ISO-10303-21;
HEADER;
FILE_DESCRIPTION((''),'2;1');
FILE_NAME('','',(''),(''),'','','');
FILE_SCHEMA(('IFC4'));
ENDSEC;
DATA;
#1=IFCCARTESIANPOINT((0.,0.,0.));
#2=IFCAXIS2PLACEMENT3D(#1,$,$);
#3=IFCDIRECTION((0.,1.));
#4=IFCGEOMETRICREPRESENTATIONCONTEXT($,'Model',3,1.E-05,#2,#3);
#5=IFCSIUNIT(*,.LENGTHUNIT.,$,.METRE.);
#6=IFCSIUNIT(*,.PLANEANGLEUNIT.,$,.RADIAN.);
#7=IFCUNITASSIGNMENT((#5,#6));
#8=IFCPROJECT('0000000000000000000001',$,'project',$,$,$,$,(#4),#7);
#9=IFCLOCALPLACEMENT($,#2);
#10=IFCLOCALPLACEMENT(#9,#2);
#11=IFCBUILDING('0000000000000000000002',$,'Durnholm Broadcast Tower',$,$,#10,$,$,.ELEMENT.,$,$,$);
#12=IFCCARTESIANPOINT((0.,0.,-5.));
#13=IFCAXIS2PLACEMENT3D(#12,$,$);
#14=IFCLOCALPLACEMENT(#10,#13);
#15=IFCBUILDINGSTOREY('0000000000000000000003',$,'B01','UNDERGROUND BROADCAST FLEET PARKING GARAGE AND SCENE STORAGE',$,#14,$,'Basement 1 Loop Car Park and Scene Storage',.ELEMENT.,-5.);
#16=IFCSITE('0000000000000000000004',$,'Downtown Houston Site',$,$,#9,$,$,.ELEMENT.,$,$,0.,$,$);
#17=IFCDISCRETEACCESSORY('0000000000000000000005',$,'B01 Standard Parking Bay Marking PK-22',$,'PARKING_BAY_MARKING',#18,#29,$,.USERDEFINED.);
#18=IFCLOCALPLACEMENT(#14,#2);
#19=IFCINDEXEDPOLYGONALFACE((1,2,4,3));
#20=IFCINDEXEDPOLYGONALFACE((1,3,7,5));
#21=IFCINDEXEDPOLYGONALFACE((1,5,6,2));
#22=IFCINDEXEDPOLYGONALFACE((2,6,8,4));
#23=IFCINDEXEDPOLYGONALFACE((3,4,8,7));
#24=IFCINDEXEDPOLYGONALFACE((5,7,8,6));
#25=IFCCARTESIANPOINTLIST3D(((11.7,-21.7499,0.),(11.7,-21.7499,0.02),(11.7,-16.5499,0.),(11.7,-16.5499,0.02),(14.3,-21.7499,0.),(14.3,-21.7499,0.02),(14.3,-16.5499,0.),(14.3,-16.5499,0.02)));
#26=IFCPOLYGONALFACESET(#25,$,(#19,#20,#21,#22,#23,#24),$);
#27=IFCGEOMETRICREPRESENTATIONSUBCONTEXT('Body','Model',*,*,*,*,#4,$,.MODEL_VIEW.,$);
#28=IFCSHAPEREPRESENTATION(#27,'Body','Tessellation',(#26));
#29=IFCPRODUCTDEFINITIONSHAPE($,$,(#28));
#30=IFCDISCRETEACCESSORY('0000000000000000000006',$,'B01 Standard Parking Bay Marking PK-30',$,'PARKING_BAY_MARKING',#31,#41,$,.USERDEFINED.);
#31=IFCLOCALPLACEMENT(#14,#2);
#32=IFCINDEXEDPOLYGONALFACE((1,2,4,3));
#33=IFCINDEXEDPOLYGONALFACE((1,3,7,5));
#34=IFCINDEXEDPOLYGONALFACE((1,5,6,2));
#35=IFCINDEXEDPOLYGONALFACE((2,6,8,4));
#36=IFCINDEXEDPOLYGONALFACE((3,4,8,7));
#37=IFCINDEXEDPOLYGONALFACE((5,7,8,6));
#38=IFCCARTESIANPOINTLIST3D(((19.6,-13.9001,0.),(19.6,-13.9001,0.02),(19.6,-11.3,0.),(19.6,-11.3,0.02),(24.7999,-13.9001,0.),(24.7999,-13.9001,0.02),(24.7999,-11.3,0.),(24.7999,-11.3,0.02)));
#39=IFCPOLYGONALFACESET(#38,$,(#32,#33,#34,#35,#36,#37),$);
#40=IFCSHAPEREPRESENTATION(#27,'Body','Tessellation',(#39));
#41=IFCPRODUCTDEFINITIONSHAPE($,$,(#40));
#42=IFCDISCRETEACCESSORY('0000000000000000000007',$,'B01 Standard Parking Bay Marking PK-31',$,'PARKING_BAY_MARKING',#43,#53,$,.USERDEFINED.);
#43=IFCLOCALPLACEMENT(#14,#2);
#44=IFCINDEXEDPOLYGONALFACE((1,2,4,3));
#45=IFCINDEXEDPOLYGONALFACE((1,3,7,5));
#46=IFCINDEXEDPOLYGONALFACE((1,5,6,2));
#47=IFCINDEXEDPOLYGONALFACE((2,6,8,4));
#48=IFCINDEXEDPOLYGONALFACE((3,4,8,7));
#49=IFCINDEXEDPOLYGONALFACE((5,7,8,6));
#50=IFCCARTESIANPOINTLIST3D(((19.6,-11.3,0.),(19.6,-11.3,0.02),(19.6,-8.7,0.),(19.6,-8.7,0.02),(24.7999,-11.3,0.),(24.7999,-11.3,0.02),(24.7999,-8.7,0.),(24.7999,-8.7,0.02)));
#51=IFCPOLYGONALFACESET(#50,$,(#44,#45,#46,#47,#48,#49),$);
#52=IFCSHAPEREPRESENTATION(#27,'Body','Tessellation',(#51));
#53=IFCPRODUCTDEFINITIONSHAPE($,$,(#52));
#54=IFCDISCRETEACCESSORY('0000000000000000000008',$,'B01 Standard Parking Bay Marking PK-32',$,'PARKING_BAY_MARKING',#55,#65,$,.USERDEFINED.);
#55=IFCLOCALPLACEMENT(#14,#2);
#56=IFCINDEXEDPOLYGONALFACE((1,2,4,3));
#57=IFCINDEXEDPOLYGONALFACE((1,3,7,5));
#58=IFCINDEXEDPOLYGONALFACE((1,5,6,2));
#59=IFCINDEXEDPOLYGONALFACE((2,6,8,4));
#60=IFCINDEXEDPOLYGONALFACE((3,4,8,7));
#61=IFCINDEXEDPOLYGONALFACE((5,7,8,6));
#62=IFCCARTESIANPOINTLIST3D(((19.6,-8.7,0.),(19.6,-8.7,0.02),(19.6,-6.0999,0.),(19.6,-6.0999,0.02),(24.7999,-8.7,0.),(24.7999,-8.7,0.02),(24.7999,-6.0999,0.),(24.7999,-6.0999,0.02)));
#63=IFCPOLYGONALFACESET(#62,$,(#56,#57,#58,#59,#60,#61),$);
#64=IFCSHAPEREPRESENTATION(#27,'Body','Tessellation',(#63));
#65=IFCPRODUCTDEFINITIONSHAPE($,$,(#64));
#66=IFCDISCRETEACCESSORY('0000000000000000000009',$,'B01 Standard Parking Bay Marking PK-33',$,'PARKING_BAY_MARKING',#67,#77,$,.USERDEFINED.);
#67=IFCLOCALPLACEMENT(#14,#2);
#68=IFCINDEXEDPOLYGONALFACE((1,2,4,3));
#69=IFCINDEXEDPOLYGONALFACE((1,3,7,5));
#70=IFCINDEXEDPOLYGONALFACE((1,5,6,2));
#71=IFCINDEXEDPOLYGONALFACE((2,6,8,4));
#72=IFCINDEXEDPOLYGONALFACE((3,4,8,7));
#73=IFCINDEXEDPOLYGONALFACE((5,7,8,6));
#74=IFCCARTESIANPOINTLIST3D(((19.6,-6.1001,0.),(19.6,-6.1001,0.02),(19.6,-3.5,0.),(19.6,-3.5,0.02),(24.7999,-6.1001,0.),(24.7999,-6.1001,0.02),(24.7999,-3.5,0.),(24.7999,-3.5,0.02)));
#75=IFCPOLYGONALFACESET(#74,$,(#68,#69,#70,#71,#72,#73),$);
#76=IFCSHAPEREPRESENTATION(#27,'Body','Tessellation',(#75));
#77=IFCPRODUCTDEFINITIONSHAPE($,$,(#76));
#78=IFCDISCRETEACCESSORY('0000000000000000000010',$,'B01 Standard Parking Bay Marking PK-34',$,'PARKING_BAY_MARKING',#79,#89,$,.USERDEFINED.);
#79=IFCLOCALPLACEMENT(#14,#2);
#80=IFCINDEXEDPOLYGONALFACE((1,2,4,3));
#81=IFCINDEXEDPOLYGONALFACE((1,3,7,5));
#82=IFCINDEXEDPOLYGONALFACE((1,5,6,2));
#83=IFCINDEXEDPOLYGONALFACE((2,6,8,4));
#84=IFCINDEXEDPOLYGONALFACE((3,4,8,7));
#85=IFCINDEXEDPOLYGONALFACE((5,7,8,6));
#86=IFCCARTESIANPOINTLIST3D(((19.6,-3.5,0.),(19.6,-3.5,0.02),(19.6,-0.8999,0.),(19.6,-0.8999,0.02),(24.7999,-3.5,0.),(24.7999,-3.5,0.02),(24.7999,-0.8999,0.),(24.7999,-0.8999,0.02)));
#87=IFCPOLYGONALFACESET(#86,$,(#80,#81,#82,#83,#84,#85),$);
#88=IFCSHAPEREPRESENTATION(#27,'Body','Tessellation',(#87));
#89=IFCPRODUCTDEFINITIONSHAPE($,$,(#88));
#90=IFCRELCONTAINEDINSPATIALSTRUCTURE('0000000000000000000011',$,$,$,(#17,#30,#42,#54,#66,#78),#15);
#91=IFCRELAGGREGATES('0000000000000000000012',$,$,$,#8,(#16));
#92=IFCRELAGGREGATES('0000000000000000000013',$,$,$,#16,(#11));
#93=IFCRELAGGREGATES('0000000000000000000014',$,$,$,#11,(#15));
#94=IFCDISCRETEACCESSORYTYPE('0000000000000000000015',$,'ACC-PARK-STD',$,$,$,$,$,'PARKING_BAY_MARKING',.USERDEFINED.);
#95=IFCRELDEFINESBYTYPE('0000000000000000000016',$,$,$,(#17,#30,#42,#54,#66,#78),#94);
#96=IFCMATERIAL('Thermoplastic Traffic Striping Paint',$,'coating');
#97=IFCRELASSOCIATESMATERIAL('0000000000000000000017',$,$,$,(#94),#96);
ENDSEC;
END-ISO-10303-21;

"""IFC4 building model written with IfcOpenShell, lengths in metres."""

from ifc_helpers import new_model, si_unit, direction, frame, origin, origin_2d, place, context, subcontext, project, spatial, rectangle, extrude, source, transform, mapped, material, type_object, type_shapes, element, save


model = new_model("IFC4")

# Units and contexts
model_context = context("Model", 3, precision=1e-05, world=origin(), true_north=direction((0.0, 1.0)))
body_context = subcontext(model_context, "Body", "Model", "MODEL_VIEW")
ifc_project = project(units=[si_unit("LENGTHUNIT", "METRE"), si_unit("PLANEANGLEUNIT", "RADIAN")], contexts=[model_context])

# Site, building, storey
site_placement = place(None, origin())
site = spatial("IfcSite", under=ifc_project, at=site_placement, Name="Downtown Houston Site", CompositionType="ELEMENT", RefElevation=0.0)
building_placement = place(site_placement, origin())
building = spatial("IfcBuilding", under=site, at=building_placement, Name="Durnholm Broadcast Tower", CompositionType="ELEMENT")
storey_placement = place(building_placement, frame((0.0, 0.0, -5.0)))
storey = spatial("IfcBuildingStorey", under=building, at=storey_placement, Name="B01", Description="UNDERGROUND BROADCAST FLEET PARKING GARAGE AND SCENE STORAGE", LongName="Basement 1 Loop Car Park and Scene Storage", CompositionType="ELEMENT", Elevation=-5.0)

# Discrete accessories
ifc_material_1 = material(Name="Thermoplastic Traffic Striping Paint", Category="coating")
discrete_accessory_type = type_object("IfcDiscreteAccessoryType", Name="ACC-PARK-STD", ElementType="PARKING_BAY_MARKING", PredefinedType="USERDEFINED", material=ifc_material_1)
shared_shape_1 = source(origin(), body_context, "Body", "SweptSolid", [
    extrude(rectangle(XDim=2.6001, YDim=5.2, at=origin_2d()), origin(), (0.0, 0.0, 1.0), 0.02),
])
for number, where, z_axis, x_axis, name in (
    (1, (13.0, -19.1499, 0.0), (0.0, 0.0, 1.0), (1.0, 0.0, 0.0), "B01 Standard Parking Bay Marking PK-22"),
):
    element("IfcDiscreteAccessory", number, at=place(storey_placement, frame(where, z_axis=z_axis, x_axis=x_axis)), inside=storey, type_object=discrete_accessory_type, Name=name, ObjectType="PARKING_BAY_MARKING", PredefinedType="USERDEFINED", context=body_context, shape_type="MappedRepresentation", body=[
        mapped(shared_shape_1, transform((0.0, 0.0, 0.0), x_axis=(1.0, 0.0, 0.0), y_axis=(0.0, 1.0, 0.0), z_axis=(0.0, 0.0, 1.0), scale=1.0)),
    ])
shared_shape_2 = source(origin(), body_context, "Body", "SweptSolid", [
    extrude(rectangle(XDim=5.2, YDim=2.6001, at=origin_2d()), origin(), (0.0, 0.0, 1.0), 0.02),
])
type_shapes(discrete_accessory_type, [shared_shape_1, shared_shape_2])
for number, where, z_axis, x_axis, name in (
    (2, (22.2, -12.6001, 0.0), (0.0, 0.0, 1.0), (1.0, 0.0, 0.0), "B01 Standard Parking Bay Marking PK-30"),
    (3, (22.2, -10.0, 0.0), (0.0, 0.0, 1.0), (1.0, 0.0, 0.0), "B01 Standard Parking Bay Marking PK-31"),
    (4, (22.2, -7.3999, 0.0), (0.0, 0.0, 1.0), (1.0, 0.0, 0.0), "B01 Standard Parking Bay Marking PK-32"),
    (5, (22.2, -4.8, 0.0), (0.0, 0.0, 1.0), (1.0, 0.0, 0.0), "B01 Standard Parking Bay Marking PK-33"),
    (6, (22.2, -2.2, 0.0), (0.0, 0.0, 1.0), (1.0, 0.0, 0.0), "B01 Standard Parking Bay Marking PK-34"),
):
    element("IfcDiscreteAccessory", number, at=place(storey_placement, frame(where, z_axis=z_axis, x_axis=x_axis)), inside=storey, type_object=discrete_accessory_type, Name=name, ObjectType="PARKING_BAY_MARKING", PredefinedType="USERDEFINED", context=body_context, shape_type="MappedRepresentation", body=[
        mapped(shared_shape_2, transform((0.0, 0.0, 0.0), x_axis=(1.0, 0.0, 0.0), y_axis=(0.0, 1.0, 0.0), z_axis=(0.0, 0.0, 1.0), scale=1.0)),
    ])

save(model, "model.ifc")
